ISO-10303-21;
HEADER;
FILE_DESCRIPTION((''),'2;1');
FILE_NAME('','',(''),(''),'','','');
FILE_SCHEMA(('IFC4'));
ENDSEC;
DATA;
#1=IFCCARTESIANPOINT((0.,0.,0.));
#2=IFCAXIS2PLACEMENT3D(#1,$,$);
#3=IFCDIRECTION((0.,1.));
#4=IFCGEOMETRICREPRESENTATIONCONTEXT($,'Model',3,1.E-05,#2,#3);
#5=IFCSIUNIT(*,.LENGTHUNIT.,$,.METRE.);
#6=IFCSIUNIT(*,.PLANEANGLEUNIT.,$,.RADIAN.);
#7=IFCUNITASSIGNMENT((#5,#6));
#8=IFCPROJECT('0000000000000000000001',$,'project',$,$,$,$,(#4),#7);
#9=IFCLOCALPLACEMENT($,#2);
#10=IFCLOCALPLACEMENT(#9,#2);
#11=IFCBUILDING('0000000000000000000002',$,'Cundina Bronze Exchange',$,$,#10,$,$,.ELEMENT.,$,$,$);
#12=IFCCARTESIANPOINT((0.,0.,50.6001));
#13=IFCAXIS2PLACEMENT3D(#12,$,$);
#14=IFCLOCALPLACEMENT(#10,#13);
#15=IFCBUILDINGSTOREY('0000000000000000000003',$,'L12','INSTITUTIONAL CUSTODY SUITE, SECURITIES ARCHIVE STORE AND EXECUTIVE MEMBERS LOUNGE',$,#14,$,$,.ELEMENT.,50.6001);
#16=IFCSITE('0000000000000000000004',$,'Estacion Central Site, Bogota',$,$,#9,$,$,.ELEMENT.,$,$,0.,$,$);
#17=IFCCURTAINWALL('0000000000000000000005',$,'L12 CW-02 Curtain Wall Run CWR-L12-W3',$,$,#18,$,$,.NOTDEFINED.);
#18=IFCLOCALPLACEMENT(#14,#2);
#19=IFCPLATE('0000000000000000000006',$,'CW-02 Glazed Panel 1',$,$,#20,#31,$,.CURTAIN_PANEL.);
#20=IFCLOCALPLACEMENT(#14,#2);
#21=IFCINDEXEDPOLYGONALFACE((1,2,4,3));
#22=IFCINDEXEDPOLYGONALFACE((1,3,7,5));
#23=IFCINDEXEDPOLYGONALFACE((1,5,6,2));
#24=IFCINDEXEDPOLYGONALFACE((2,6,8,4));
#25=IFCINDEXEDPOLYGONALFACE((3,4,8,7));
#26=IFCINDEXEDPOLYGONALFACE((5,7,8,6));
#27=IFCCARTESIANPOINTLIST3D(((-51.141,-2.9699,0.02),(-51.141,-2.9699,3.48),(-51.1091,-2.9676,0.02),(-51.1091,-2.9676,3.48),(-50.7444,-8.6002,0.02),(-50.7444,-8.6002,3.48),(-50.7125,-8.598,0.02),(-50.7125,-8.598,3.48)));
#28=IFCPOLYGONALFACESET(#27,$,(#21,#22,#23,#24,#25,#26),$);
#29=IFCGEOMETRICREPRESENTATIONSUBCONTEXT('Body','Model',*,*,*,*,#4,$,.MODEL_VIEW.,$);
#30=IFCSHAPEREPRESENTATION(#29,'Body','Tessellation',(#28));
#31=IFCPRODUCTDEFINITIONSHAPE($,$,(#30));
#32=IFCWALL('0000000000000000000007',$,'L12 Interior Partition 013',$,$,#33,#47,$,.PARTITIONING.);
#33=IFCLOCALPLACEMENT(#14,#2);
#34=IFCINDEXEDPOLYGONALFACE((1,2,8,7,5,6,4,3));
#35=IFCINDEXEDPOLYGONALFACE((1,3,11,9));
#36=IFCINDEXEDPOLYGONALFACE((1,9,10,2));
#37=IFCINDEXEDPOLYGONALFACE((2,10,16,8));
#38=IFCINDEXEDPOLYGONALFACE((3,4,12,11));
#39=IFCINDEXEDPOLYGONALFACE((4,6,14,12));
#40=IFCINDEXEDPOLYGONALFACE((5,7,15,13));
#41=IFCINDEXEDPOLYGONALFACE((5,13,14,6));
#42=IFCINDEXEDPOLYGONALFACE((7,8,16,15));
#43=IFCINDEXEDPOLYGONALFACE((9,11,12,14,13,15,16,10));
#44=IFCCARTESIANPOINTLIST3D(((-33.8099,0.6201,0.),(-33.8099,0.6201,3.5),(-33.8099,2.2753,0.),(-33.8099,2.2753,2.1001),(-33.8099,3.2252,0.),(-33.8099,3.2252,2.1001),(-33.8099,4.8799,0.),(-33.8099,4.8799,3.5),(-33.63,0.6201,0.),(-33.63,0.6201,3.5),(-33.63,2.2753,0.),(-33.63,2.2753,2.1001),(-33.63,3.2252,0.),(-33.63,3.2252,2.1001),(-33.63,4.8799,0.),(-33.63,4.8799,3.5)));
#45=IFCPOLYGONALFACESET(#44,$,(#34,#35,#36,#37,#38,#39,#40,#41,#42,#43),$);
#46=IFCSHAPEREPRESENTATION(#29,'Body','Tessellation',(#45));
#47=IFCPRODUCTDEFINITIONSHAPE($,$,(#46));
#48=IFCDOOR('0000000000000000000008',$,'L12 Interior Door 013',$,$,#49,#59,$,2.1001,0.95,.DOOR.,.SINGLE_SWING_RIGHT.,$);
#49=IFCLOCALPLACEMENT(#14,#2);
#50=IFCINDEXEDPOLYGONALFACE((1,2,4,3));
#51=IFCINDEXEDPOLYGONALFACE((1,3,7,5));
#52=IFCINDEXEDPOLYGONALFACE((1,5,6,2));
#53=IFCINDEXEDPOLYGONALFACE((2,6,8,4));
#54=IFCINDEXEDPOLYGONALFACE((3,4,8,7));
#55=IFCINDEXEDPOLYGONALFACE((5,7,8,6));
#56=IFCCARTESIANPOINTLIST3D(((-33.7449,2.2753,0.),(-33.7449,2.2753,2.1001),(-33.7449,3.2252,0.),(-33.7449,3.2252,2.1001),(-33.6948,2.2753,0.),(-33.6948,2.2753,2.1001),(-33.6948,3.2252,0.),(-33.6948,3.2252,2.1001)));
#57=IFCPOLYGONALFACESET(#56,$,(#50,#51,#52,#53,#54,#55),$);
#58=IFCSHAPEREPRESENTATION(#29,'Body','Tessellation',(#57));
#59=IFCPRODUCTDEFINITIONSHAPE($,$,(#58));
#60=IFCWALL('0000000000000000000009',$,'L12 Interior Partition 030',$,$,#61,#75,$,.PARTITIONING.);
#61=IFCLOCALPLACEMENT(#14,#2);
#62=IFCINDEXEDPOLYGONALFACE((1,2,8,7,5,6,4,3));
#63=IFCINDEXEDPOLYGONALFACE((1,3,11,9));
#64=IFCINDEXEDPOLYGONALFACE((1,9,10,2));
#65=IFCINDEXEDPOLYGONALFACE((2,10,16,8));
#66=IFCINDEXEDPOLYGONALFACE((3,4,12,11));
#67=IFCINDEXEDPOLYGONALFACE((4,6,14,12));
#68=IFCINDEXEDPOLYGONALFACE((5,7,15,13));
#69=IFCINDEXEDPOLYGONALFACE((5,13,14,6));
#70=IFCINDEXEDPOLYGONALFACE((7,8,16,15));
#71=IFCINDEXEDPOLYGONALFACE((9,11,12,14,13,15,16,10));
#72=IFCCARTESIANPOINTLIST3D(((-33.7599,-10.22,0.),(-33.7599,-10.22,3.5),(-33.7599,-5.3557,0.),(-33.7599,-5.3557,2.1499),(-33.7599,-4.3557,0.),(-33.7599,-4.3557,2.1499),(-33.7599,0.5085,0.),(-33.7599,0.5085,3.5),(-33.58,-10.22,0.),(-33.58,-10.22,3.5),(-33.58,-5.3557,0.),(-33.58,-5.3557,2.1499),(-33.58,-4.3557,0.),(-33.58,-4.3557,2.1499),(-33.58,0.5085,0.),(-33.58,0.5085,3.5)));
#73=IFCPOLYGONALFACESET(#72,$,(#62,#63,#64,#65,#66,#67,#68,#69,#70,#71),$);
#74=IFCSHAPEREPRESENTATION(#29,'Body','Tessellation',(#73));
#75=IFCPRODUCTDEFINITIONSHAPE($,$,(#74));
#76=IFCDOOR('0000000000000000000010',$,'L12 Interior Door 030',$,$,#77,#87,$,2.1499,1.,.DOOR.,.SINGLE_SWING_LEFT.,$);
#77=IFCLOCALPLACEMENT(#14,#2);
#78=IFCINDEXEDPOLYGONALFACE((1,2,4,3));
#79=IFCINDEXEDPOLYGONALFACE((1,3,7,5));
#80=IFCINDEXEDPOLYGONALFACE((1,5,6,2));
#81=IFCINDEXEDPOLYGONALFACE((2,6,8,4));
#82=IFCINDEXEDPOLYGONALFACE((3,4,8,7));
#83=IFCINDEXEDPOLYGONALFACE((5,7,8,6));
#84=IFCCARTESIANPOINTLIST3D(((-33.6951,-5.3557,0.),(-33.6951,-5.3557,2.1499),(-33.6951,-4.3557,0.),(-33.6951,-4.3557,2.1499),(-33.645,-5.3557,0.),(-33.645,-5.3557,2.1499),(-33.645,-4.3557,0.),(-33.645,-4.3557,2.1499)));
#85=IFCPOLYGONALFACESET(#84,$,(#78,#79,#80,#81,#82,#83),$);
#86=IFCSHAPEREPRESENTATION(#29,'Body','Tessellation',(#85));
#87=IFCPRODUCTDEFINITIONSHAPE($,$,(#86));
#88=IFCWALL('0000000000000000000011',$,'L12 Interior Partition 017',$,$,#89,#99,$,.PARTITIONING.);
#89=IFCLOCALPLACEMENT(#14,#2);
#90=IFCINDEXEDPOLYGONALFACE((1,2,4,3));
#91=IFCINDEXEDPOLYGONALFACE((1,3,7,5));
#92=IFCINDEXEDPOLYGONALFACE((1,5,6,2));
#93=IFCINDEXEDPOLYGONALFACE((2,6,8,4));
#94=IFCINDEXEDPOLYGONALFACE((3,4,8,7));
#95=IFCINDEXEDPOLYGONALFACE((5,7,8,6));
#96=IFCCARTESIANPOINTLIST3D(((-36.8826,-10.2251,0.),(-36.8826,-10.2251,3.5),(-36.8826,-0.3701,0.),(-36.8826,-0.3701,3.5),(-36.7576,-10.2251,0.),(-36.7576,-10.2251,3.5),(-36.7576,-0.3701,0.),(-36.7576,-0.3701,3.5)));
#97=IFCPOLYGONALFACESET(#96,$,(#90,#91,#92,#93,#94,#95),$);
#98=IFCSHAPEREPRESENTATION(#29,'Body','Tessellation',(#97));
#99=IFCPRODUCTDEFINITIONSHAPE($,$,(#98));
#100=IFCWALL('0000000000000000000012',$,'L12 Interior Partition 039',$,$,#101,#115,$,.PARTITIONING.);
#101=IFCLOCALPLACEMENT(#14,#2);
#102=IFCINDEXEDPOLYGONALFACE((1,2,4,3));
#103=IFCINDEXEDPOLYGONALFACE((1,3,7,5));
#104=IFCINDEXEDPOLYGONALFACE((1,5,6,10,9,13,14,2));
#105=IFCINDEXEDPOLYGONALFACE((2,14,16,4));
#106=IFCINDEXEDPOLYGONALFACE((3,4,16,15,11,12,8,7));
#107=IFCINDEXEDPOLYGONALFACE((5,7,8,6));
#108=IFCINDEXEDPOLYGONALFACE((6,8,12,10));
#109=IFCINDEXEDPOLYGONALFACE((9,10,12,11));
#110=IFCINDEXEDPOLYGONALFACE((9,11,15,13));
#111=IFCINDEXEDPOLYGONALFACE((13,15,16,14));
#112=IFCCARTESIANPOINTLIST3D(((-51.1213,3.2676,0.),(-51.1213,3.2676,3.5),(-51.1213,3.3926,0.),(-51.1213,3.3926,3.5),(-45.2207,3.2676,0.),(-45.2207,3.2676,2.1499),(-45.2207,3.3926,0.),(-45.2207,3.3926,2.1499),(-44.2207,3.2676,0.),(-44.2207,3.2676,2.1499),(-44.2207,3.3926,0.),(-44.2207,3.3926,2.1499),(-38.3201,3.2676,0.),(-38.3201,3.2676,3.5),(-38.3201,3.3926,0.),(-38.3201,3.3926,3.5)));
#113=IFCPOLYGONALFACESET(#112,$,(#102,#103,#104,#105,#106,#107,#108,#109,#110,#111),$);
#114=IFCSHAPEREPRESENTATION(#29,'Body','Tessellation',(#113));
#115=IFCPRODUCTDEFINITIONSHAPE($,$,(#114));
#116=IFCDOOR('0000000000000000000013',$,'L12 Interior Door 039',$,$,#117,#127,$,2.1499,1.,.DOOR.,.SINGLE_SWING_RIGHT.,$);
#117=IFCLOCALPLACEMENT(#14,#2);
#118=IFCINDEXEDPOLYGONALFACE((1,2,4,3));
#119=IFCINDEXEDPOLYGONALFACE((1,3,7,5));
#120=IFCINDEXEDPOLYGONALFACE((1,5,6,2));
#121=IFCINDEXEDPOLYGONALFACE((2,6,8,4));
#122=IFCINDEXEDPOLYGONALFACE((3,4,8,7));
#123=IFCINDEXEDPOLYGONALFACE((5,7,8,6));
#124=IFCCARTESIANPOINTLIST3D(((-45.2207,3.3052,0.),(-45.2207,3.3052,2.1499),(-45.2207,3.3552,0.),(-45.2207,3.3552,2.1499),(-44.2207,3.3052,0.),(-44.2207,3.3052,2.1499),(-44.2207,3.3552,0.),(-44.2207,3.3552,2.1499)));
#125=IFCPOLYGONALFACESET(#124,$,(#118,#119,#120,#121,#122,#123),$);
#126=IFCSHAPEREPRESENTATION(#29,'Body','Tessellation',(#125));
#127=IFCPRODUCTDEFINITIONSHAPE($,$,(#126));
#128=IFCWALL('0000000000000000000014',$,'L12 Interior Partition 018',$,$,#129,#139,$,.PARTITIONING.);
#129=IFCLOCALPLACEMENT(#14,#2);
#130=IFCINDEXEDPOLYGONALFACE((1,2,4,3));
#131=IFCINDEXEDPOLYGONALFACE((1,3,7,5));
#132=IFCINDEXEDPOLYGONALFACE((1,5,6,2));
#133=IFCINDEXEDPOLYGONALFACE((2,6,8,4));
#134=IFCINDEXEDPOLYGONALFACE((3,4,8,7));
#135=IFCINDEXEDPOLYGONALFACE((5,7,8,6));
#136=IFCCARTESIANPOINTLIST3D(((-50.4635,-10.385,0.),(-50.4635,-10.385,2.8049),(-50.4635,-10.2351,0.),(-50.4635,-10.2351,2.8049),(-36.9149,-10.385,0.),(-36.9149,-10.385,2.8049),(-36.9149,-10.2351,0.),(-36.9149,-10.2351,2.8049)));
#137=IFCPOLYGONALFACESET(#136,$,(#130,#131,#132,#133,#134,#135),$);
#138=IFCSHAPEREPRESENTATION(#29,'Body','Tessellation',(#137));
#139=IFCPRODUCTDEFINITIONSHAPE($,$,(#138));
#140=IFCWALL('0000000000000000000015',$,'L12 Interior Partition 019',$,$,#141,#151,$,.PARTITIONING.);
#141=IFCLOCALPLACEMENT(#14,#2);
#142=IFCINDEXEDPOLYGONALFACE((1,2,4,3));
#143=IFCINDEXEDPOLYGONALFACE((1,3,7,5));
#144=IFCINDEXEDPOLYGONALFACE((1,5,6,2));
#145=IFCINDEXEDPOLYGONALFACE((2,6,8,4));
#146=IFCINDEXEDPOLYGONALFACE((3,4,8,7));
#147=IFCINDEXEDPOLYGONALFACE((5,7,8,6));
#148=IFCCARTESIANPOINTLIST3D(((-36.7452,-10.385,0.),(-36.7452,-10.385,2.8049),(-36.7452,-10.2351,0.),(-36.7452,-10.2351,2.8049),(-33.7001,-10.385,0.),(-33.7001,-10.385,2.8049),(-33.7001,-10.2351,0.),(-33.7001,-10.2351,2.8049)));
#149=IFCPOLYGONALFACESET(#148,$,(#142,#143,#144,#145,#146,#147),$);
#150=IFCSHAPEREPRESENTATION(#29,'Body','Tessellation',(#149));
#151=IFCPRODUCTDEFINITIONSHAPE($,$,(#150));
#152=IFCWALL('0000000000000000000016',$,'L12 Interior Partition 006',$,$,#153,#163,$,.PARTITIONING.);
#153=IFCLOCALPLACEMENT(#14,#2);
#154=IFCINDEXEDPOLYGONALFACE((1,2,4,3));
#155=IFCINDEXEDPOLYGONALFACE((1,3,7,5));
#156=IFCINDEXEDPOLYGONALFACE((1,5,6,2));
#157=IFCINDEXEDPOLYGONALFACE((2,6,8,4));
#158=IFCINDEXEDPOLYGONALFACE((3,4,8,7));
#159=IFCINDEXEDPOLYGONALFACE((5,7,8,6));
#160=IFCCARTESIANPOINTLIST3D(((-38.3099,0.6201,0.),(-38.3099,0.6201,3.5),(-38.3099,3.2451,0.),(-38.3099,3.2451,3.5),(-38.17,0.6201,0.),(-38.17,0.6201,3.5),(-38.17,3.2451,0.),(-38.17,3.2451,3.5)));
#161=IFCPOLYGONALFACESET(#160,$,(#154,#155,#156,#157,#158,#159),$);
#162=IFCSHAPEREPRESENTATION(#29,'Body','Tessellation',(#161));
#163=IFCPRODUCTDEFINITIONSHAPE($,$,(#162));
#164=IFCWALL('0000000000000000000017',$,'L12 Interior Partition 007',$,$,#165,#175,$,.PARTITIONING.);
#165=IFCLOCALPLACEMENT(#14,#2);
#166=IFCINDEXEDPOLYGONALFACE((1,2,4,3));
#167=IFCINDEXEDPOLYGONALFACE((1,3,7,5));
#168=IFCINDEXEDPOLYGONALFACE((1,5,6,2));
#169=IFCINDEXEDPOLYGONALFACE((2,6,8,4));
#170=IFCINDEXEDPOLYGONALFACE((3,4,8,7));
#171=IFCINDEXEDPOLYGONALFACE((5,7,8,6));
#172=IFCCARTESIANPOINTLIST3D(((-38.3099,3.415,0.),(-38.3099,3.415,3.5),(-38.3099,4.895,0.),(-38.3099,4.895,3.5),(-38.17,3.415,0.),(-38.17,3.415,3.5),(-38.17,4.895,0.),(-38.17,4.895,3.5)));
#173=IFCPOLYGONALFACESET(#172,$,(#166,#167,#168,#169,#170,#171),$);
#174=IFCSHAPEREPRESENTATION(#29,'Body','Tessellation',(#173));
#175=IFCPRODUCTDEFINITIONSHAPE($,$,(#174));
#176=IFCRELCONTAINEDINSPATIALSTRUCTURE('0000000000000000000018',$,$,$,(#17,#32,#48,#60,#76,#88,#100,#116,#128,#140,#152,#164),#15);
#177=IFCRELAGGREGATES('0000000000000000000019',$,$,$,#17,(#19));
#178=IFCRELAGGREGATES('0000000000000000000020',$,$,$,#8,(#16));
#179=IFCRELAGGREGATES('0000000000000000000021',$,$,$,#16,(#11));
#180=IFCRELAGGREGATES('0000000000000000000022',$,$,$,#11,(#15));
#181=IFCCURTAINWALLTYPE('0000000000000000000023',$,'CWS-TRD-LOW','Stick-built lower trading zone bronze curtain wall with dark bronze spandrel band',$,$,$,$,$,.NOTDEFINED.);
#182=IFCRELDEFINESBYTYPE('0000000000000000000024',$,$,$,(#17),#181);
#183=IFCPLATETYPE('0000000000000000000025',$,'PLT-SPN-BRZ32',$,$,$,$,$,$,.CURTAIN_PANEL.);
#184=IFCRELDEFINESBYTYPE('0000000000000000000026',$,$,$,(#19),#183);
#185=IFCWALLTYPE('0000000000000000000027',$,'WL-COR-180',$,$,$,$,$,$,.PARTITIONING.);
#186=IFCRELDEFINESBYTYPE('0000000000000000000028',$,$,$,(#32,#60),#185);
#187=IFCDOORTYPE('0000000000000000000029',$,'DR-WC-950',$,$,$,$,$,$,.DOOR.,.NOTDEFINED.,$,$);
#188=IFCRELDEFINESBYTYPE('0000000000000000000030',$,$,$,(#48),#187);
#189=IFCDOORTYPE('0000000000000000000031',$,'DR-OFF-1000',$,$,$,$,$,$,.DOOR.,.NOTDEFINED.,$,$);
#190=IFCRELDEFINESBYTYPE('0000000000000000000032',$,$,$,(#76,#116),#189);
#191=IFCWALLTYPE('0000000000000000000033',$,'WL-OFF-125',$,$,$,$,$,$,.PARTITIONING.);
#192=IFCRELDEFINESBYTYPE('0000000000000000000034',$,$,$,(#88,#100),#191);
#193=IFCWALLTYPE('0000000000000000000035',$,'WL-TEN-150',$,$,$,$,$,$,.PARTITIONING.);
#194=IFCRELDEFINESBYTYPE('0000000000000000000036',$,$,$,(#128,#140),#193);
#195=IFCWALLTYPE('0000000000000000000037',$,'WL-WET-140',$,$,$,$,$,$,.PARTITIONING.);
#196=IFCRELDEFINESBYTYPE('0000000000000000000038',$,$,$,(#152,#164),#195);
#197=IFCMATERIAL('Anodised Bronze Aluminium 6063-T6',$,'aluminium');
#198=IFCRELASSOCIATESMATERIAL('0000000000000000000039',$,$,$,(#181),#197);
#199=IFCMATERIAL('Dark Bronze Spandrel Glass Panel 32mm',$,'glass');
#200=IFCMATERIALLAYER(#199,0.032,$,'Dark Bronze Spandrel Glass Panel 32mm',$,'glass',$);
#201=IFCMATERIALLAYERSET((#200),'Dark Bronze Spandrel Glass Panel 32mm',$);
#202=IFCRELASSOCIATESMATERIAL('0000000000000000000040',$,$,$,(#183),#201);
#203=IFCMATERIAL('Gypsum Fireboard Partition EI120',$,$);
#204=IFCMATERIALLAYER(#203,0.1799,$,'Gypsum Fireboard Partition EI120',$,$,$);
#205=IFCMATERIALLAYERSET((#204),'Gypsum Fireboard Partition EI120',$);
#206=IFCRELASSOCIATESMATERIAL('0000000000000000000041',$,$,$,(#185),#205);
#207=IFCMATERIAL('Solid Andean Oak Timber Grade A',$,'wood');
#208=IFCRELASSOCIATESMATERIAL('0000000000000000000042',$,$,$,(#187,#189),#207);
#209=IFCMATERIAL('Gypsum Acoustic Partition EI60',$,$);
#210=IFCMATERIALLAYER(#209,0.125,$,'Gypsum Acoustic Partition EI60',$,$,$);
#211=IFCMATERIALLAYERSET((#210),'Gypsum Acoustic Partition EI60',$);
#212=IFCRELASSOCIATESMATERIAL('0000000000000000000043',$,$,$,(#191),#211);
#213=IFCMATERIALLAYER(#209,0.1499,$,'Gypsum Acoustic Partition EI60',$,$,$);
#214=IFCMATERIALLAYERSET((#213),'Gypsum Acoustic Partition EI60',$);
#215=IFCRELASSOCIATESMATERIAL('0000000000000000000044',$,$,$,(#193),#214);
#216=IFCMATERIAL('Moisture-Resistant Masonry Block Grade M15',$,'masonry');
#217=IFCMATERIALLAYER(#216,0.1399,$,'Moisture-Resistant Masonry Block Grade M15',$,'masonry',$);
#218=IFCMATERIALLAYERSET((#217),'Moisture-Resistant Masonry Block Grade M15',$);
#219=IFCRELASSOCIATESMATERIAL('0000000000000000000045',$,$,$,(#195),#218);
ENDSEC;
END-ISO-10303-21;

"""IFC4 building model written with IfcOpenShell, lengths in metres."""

from ifc_helpers import new_model, si_unit, direction, frame, frame_2d, origin, origin_2d, place, context, subcontext, project, spatial, rectangle, extrude, material, layer, layer_set, type_object, element, fill, aggregate, save


model = new_model("IFC4")

# Units and contexts
model_context = context("Model", 3, precision=1e-05, world=origin(), true_north=direction((0.0, 1.0)))
body_context = subcontext(model_context, "Body", "Model", "MODEL_VIEW")
ifc_project = project(units=[si_unit("LENGTHUNIT", "METRE"), si_unit("PLANEANGLEUNIT", "RADIAN")], contexts=[model_context])

# Site, building, storey
site_placement = place(None, origin())
site = spatial("IfcSite", under=ifc_project, at=site_placement, Name="Estacion Central Site, Bogota", CompositionType="ELEMENT", RefElevation=0.0)
building_placement = place(site_placement, origin())
building = spatial("IfcBuilding", under=site, at=building_placement, Name="Cundina Bronze Exchange", CompositionType="ELEMENT")
storey_placement = place(building_placement, frame((0.0, 0.0, 50.6001)))
storey = spatial("IfcBuildingStorey", under=building, at=storey_placement, Name="L12", Description="INSTITUTIONAL CUSTODY SUITE, SECURITIES ARCHIVE STORE AND EXECUTIVE MEMBERS LOUNGE", CompositionType="ELEMENT", Elevation=50.6001)

# Curtain wall
ifc_material_1 = material(Name="Anodised Bronze Aluminium 6063-T6", Category="aluminium")
curtain_wall_type = type_object("IfcCurtainWallType", Name="CWS-TRD-LOW", Description="Stick-built lower trading zone bronze curtain wall with dark bronze spandrel band", PredefinedType="NOTDEFINED", material=ifc_material_1)
curtain_wall_1_placement = place(storey_placement, origin())
curtain_wall_1 = element("IfcCurtainWall", 1, at=curtain_wall_1_placement, inside=storey, type_object=curtain_wall_type, Name="L12 CW-02 Curtain Wall Run CWR-L12-W3", PredefinedType="NOTDEFINED")

# Plate
ifc_material_2 = material(Name="Dark Bronze Spandrel Glass Panel 32mm", Category="glass")
ifc_layer_1 = layer(ifc_material_2, 0.032, Name="Dark Bronze Spandrel Glass Panel 32mm", Category="glass")
ifc_layer_set_1 = layer_set([ifc_layer_1], Name="Dark Bronze Spandrel Glass Panel 32mm")
plate_type = type_object("IfcPlateType", Name="PLT-SPN-BRZ32", PredefinedType="CURTAIN_PANEL", material=ifc_layer_set_1)
plate_1_placement = place(storey_placement, frame((-50.9268, -5.7839, 0.02), z_axis=(0.0, 0.0, 1.0), x_axis=(0.070279, -0.997527, 0.0)))
plate_1 = element("IfcPlate", 2, at=plate_1_placement, type_object=plate_type, Name="CW-02 Glazed Panel 1", PredefinedType="CURTAIN_PANEL", context=body_context, shape_type="SweptSolid", body=[
    extrude(rectangle(XDim=5.6443, YDim=0.032, at=origin_2d()), origin(), (0.0, 0.0, 1.0), 3.46),
])
aggregate(curtain_wall_1, [plate_1])

# Walls, openings, doors
ifc_material_3 = material(Name="Gypsum Fireboard Partition EI120")
ifc_layer_2 = layer(ifc_material_3, 0.1799, Name="Gypsum Fireboard Partition EI120")
ifc_layer_set_2 = layer_set([ifc_layer_2], Name="Gypsum Fireboard Partition EI120")
wall_type_1 = type_object("IfcWallType", Name="WL-COR-180", PredefinedType="PARTITIONING", material=ifc_layer_set_2)
wall_1_placement = place(storey_placement, frame((-33.72, 0.6201, 0.0), z_axis=(0.0, 0.0, 1.0), x_axis=(0.0, 1.0, 0.0)))
wall_1 = element("IfcWall", 3, at=wall_1_placement, inside=storey, type_object=wall_type_1, Name="L12 Interior Partition 013", PredefinedType="PARTITIONING", context=body_context, shape_type="SweptSolid", body=[
    extrude(rectangle(XDim=4.2598, YDim=0.1799, at=frame_2d((2.1299, 0.0))), origin(), (0.0, 0.0, 1.0), 3.5),
])
opening_1_placement = place(wall_1_placement, frame((1.655, 0.0, 0.0)))
opening_1 = element("IfcOpeningElement", 4, at=opening_1_placement, cuts=wall_1, PredefinedType="OPENING", context=body_context, shape_type="SweptSolid", body=[
    extrude(rectangle(XDim=0.95, YDim=2.1001, at=frame_2d((0.4751, 1.05))), frame((0.0, 0.0999, 0.0), z_axis=(0.0, -1.0, 0.0), x_axis=(1.0, 0.0, 0.0)), (0.0, 0.0, 1.0), 0.2),
])
ifc_material_4 = material(Name="Solid Andean Oak Timber Grade A", Category="wood")
door_type_1 = type_object("IfcDoorType", Name="DR-WC-950", OperationType="NOTDEFINED", PredefinedType="DOOR", material=ifc_material_4)
door_1_placement = place(opening_1_placement, origin())
door_1 = element("IfcDoor", 5, at=door_1_placement, inside=storey, type_object=door_type_1, Name="L12 Interior Door 013", OperationType="SINGLE_SWING_RIGHT", OverallHeight=2.1001, OverallWidth=0.95, PredefinedType="DOOR", context=body_context, shape_type="SweptSolid", body=[
    extrude(rectangle(XDim=0.95, YDim=2.1001, at=frame_2d((0.4751, 1.05))), frame((0.0, 0.0249, 0.0), z_axis=(0.0, -1.0, 0.0), x_axis=(1.0, 0.0, 0.0)), (0.0, 0.0, 1.0), 0.05),
])
fill(opening_1, door_1)
wall_2_placement = place(storey_placement, frame((-33.6699, 0.5085, 0.0), z_axis=(0.0, 0.0, 1.0), x_axis=(0.0, -1.0, 0.0)))
wall_2 = element("IfcWall", 6, at=wall_2_placement, inside=storey, type_object=wall_type_1, Name="L12 Interior Partition 030", PredefinedType="PARTITIONING", context=body_context, shape_type="SweptSolid", body=[
    extrude(rectangle(XDim=10.7285, YDim=0.1799, at=frame_2d((5.3643, 0.0))), origin(), (0.0, 0.0, 1.0), 3.5),
])
opening_2_placement = place(wall_2_placement, frame((4.8643, 0.0, 0.0)))
opening_2 = element("IfcOpeningElement", 7, at=opening_2_placement, cuts=wall_2, PredefinedType="OPENING", context=body_context, shape_type="SweptSolid", body=[
    extrude(rectangle(XDim=1.0, YDim=2.1499, at=frame_2d((0.5, 1.075))), frame((0.0, 0.0999, 0.0), z_axis=(0.0, -1.0, 0.0), x_axis=(1.0, 0.0, 0.0)), (0.0, 0.0, 1.0), 0.2),
])
door_type_2 = type_object("IfcDoorType", Name="DR-OFF-1000", OperationType="NOTDEFINED", PredefinedType="DOOR", material=ifc_material_4)
door_2_placement = place(opening_2_placement, origin())
door_2 = element("IfcDoor", 8, at=door_2_placement, inside=storey, type_object=door_type_2, Name="L12 Interior Door 030", OperationType="SINGLE_SWING_LEFT", OverallHeight=2.1499, OverallWidth=1.0, PredefinedType="DOOR", context=body_context, shape_type="SweptSolid", body=[
    extrude(rectangle(XDim=1.0, YDim=2.1499, at=frame_2d((0.5, 1.075))), frame((0.0, 0.0249, 0.0), z_axis=(0.0, -1.0, 0.0), x_axis=(1.0, 0.0, 0.0)), (0.0, 0.0, 1.0), 0.05),
])
fill(opening_2, door_2)

# Wall
ifc_material_5 = material(Name="Gypsum Acoustic Partition EI60")
ifc_layer_3 = layer(ifc_material_5, 0.125, Name="Gypsum Acoustic Partition EI60")
ifc_layer_set_3 = layer_set([ifc_layer_3], Name="Gypsum Acoustic Partition EI60")
wall_type_2 = type_object("IfcWallType", Name="WL-OFF-125", PredefinedType="PARTITIONING", material=ifc_layer_set_3)
wall_3_placement = place(storey_placement, frame((-36.8201, -10.2251, 0.0), z_axis=(0.0, 0.0, 1.0), x_axis=(0.0, 1.0, 0.0)))
element("IfcWall", 9, at=wall_3_placement, inside=storey, type_object=wall_type_2, Name="L12 Interior Partition 017", PredefinedType="PARTITIONING", context=body_context, shape_type="SweptSolid", body=[
    extrude(rectangle(XDim=9.855, YDim=0.125, at=frame_2d((4.9275, 0.0))), origin(), (0.0, 0.0, 1.0), 3.5),
])

# Wall, opening, door
wall_4_placement = place(storey_placement, frame((-38.3201, 3.3301, 0.0), z_axis=(0.0, 0.0, 1.0), x_axis=(-1.0, 0.0, 0.0)))
wall_4 = element("IfcWall", 10, at=wall_4_placement, inside=storey, type_object=wall_type_2, Name="L12 Interior Partition 039", PredefinedType="PARTITIONING", context=body_context, shape_type="SweptSolid", body=[
    extrude(rectangle(XDim=12.8013, YDim=0.125, at=frame_2d((6.4006, 0.0))), origin(), (0.0, 0.0, 1.0), 3.5),
])
opening_3_placement = place(wall_4_placement, frame((5.9006, 0.0, 0.0)))
opening_3 = element("IfcOpeningElement", 11, at=opening_3_placement, cuts=wall_4, PredefinedType="OPENING", context=body_context, shape_type="SweptSolid", body=[
    extrude(rectangle(XDim=1.0, YDim=2.1499, at=frame_2d((0.5, 1.075))), frame((0.0, 0.0725, 0.0), z_axis=(0.0, -1.0, 0.0), x_axis=(1.0, 0.0, 0.0)), (0.0, 0.0, 1.0), 0.145),
])
door_3_placement = place(opening_3_placement, origin())
door_3 = element("IfcDoor", 12, at=door_3_placement, inside=storey, type_object=door_type_2, Name="L12 Interior Door 039", OperationType="SINGLE_SWING_RIGHT", OverallHeight=2.1499, OverallWidth=1.0, PredefinedType="DOOR", context=body_context, shape_type="SweptSolid", body=[
    extrude(rectangle(XDim=1.0, YDim=2.1499, at=frame_2d((0.5, 1.075))), frame((0.0, 0.0249, 0.0), z_axis=(0.0, -1.0, 0.0), x_axis=(1.0, 0.0, 0.0)), (0.0, 0.0, 1.0), 0.05),
])
fill(opening_3, door_3)

# Walls
ifc_layer_4 = layer(ifc_material_5, 0.1499, Name="Gypsum Acoustic Partition EI60")
ifc_layer_set_4 = layer_set([ifc_layer_4], Name="Gypsum Acoustic Partition EI60")
wall_type_3 = type_object("IfcWallType", Name="WL-TEN-150", PredefinedType="PARTITIONING", material=ifc_layer_set_4)
wall_5_placement = place(storey_placement, frame((-50.4636, -10.3101, 0.0), z_axis=(0.0, 0.0, 1.0), x_axis=(1.0, 0.0, 0.0)))
element("IfcWall", 13, at=wall_5_placement, inside=storey, type_object=wall_type_3, Name="L12 Interior Partition 018", PredefinedType="PARTITIONING", context=body_context, shape_type="SweptSolid", body=[
    extrude(rectangle(XDim=13.5486, YDim=0.1499, at=frame_2d((6.7744, 0.0))), origin(), (0.0, 0.0, 1.0), 2.8049),
])
wall_6_placement = place(storey_placement, frame((-36.7451, -10.3101, 0.0), z_axis=(0.0, 0.0, 1.0), x_axis=(1.0, 0.0, 0.0)))
element("IfcWall", 14, at=wall_6_placement, inside=storey, type_object=wall_type_3, Name="L12 Interior Partition 019", PredefinedType="PARTITIONING", context=body_context, shape_type="SweptSolid", body=[
    extrude(rectangle(XDim=3.0452, YDim=0.1499, at=frame_2d((1.5225, 0.0))), origin(), (0.0, 0.0, 1.0), 2.8049),
])
ifc_material_6 = material(Name="Moisture-Resistant Masonry Block Grade M15", Category="masonry")
ifc_layer_5 = layer(ifc_material_6, 0.1399, Name="Moisture-Resistant Masonry Block Grade M15", Category="masonry")
ifc_layer_set_5 = layer_set([ifc_layer_5], Name="Moisture-Resistant Masonry Block Grade M15")
wall_type_4 = type_object("IfcWallType", Name="WL-WET-140", PredefinedType="PARTITIONING", material=ifc_layer_set_5)
wall_7_placement = place(storey_placement, frame((-38.24, 0.6201, 0.0), z_axis=(0.0, 0.0, 1.0), x_axis=(0.0, 1.0, 0.0)))
element("IfcWall", 15, at=wall_7_placement, inside=storey, type_object=wall_type_4, Name="L12 Interior Partition 006", PredefinedType="PARTITIONING", context=body_context, shape_type="SweptSolid", body=[
    extrude(rectangle(XDim=2.625, YDim=0.1399, at=frame_2d((1.3125, 0.0))), origin(), (0.0, 0.0, 1.0), 3.5),
])
wall_8_placement = place(storey_placement, frame((-38.24, 3.415, 0.0), z_axis=(0.0, 0.0, 1.0), x_axis=(0.0, 1.0, 0.0)))
element("IfcWall", 16, at=wall_8_placement, inside=storey, type_object=wall_type_4, Name="L12 Interior Partition 007", PredefinedType="PARTITIONING", context=body_context, shape_type="SweptSolid", body=[
    extrude(rectangle(XDim=1.48, YDim=0.1399, at=frame_2d((0.74, 0.0))), origin(), (0.0, 0.0, 1.0), 3.5),
])

save(model, "model.ifc")
